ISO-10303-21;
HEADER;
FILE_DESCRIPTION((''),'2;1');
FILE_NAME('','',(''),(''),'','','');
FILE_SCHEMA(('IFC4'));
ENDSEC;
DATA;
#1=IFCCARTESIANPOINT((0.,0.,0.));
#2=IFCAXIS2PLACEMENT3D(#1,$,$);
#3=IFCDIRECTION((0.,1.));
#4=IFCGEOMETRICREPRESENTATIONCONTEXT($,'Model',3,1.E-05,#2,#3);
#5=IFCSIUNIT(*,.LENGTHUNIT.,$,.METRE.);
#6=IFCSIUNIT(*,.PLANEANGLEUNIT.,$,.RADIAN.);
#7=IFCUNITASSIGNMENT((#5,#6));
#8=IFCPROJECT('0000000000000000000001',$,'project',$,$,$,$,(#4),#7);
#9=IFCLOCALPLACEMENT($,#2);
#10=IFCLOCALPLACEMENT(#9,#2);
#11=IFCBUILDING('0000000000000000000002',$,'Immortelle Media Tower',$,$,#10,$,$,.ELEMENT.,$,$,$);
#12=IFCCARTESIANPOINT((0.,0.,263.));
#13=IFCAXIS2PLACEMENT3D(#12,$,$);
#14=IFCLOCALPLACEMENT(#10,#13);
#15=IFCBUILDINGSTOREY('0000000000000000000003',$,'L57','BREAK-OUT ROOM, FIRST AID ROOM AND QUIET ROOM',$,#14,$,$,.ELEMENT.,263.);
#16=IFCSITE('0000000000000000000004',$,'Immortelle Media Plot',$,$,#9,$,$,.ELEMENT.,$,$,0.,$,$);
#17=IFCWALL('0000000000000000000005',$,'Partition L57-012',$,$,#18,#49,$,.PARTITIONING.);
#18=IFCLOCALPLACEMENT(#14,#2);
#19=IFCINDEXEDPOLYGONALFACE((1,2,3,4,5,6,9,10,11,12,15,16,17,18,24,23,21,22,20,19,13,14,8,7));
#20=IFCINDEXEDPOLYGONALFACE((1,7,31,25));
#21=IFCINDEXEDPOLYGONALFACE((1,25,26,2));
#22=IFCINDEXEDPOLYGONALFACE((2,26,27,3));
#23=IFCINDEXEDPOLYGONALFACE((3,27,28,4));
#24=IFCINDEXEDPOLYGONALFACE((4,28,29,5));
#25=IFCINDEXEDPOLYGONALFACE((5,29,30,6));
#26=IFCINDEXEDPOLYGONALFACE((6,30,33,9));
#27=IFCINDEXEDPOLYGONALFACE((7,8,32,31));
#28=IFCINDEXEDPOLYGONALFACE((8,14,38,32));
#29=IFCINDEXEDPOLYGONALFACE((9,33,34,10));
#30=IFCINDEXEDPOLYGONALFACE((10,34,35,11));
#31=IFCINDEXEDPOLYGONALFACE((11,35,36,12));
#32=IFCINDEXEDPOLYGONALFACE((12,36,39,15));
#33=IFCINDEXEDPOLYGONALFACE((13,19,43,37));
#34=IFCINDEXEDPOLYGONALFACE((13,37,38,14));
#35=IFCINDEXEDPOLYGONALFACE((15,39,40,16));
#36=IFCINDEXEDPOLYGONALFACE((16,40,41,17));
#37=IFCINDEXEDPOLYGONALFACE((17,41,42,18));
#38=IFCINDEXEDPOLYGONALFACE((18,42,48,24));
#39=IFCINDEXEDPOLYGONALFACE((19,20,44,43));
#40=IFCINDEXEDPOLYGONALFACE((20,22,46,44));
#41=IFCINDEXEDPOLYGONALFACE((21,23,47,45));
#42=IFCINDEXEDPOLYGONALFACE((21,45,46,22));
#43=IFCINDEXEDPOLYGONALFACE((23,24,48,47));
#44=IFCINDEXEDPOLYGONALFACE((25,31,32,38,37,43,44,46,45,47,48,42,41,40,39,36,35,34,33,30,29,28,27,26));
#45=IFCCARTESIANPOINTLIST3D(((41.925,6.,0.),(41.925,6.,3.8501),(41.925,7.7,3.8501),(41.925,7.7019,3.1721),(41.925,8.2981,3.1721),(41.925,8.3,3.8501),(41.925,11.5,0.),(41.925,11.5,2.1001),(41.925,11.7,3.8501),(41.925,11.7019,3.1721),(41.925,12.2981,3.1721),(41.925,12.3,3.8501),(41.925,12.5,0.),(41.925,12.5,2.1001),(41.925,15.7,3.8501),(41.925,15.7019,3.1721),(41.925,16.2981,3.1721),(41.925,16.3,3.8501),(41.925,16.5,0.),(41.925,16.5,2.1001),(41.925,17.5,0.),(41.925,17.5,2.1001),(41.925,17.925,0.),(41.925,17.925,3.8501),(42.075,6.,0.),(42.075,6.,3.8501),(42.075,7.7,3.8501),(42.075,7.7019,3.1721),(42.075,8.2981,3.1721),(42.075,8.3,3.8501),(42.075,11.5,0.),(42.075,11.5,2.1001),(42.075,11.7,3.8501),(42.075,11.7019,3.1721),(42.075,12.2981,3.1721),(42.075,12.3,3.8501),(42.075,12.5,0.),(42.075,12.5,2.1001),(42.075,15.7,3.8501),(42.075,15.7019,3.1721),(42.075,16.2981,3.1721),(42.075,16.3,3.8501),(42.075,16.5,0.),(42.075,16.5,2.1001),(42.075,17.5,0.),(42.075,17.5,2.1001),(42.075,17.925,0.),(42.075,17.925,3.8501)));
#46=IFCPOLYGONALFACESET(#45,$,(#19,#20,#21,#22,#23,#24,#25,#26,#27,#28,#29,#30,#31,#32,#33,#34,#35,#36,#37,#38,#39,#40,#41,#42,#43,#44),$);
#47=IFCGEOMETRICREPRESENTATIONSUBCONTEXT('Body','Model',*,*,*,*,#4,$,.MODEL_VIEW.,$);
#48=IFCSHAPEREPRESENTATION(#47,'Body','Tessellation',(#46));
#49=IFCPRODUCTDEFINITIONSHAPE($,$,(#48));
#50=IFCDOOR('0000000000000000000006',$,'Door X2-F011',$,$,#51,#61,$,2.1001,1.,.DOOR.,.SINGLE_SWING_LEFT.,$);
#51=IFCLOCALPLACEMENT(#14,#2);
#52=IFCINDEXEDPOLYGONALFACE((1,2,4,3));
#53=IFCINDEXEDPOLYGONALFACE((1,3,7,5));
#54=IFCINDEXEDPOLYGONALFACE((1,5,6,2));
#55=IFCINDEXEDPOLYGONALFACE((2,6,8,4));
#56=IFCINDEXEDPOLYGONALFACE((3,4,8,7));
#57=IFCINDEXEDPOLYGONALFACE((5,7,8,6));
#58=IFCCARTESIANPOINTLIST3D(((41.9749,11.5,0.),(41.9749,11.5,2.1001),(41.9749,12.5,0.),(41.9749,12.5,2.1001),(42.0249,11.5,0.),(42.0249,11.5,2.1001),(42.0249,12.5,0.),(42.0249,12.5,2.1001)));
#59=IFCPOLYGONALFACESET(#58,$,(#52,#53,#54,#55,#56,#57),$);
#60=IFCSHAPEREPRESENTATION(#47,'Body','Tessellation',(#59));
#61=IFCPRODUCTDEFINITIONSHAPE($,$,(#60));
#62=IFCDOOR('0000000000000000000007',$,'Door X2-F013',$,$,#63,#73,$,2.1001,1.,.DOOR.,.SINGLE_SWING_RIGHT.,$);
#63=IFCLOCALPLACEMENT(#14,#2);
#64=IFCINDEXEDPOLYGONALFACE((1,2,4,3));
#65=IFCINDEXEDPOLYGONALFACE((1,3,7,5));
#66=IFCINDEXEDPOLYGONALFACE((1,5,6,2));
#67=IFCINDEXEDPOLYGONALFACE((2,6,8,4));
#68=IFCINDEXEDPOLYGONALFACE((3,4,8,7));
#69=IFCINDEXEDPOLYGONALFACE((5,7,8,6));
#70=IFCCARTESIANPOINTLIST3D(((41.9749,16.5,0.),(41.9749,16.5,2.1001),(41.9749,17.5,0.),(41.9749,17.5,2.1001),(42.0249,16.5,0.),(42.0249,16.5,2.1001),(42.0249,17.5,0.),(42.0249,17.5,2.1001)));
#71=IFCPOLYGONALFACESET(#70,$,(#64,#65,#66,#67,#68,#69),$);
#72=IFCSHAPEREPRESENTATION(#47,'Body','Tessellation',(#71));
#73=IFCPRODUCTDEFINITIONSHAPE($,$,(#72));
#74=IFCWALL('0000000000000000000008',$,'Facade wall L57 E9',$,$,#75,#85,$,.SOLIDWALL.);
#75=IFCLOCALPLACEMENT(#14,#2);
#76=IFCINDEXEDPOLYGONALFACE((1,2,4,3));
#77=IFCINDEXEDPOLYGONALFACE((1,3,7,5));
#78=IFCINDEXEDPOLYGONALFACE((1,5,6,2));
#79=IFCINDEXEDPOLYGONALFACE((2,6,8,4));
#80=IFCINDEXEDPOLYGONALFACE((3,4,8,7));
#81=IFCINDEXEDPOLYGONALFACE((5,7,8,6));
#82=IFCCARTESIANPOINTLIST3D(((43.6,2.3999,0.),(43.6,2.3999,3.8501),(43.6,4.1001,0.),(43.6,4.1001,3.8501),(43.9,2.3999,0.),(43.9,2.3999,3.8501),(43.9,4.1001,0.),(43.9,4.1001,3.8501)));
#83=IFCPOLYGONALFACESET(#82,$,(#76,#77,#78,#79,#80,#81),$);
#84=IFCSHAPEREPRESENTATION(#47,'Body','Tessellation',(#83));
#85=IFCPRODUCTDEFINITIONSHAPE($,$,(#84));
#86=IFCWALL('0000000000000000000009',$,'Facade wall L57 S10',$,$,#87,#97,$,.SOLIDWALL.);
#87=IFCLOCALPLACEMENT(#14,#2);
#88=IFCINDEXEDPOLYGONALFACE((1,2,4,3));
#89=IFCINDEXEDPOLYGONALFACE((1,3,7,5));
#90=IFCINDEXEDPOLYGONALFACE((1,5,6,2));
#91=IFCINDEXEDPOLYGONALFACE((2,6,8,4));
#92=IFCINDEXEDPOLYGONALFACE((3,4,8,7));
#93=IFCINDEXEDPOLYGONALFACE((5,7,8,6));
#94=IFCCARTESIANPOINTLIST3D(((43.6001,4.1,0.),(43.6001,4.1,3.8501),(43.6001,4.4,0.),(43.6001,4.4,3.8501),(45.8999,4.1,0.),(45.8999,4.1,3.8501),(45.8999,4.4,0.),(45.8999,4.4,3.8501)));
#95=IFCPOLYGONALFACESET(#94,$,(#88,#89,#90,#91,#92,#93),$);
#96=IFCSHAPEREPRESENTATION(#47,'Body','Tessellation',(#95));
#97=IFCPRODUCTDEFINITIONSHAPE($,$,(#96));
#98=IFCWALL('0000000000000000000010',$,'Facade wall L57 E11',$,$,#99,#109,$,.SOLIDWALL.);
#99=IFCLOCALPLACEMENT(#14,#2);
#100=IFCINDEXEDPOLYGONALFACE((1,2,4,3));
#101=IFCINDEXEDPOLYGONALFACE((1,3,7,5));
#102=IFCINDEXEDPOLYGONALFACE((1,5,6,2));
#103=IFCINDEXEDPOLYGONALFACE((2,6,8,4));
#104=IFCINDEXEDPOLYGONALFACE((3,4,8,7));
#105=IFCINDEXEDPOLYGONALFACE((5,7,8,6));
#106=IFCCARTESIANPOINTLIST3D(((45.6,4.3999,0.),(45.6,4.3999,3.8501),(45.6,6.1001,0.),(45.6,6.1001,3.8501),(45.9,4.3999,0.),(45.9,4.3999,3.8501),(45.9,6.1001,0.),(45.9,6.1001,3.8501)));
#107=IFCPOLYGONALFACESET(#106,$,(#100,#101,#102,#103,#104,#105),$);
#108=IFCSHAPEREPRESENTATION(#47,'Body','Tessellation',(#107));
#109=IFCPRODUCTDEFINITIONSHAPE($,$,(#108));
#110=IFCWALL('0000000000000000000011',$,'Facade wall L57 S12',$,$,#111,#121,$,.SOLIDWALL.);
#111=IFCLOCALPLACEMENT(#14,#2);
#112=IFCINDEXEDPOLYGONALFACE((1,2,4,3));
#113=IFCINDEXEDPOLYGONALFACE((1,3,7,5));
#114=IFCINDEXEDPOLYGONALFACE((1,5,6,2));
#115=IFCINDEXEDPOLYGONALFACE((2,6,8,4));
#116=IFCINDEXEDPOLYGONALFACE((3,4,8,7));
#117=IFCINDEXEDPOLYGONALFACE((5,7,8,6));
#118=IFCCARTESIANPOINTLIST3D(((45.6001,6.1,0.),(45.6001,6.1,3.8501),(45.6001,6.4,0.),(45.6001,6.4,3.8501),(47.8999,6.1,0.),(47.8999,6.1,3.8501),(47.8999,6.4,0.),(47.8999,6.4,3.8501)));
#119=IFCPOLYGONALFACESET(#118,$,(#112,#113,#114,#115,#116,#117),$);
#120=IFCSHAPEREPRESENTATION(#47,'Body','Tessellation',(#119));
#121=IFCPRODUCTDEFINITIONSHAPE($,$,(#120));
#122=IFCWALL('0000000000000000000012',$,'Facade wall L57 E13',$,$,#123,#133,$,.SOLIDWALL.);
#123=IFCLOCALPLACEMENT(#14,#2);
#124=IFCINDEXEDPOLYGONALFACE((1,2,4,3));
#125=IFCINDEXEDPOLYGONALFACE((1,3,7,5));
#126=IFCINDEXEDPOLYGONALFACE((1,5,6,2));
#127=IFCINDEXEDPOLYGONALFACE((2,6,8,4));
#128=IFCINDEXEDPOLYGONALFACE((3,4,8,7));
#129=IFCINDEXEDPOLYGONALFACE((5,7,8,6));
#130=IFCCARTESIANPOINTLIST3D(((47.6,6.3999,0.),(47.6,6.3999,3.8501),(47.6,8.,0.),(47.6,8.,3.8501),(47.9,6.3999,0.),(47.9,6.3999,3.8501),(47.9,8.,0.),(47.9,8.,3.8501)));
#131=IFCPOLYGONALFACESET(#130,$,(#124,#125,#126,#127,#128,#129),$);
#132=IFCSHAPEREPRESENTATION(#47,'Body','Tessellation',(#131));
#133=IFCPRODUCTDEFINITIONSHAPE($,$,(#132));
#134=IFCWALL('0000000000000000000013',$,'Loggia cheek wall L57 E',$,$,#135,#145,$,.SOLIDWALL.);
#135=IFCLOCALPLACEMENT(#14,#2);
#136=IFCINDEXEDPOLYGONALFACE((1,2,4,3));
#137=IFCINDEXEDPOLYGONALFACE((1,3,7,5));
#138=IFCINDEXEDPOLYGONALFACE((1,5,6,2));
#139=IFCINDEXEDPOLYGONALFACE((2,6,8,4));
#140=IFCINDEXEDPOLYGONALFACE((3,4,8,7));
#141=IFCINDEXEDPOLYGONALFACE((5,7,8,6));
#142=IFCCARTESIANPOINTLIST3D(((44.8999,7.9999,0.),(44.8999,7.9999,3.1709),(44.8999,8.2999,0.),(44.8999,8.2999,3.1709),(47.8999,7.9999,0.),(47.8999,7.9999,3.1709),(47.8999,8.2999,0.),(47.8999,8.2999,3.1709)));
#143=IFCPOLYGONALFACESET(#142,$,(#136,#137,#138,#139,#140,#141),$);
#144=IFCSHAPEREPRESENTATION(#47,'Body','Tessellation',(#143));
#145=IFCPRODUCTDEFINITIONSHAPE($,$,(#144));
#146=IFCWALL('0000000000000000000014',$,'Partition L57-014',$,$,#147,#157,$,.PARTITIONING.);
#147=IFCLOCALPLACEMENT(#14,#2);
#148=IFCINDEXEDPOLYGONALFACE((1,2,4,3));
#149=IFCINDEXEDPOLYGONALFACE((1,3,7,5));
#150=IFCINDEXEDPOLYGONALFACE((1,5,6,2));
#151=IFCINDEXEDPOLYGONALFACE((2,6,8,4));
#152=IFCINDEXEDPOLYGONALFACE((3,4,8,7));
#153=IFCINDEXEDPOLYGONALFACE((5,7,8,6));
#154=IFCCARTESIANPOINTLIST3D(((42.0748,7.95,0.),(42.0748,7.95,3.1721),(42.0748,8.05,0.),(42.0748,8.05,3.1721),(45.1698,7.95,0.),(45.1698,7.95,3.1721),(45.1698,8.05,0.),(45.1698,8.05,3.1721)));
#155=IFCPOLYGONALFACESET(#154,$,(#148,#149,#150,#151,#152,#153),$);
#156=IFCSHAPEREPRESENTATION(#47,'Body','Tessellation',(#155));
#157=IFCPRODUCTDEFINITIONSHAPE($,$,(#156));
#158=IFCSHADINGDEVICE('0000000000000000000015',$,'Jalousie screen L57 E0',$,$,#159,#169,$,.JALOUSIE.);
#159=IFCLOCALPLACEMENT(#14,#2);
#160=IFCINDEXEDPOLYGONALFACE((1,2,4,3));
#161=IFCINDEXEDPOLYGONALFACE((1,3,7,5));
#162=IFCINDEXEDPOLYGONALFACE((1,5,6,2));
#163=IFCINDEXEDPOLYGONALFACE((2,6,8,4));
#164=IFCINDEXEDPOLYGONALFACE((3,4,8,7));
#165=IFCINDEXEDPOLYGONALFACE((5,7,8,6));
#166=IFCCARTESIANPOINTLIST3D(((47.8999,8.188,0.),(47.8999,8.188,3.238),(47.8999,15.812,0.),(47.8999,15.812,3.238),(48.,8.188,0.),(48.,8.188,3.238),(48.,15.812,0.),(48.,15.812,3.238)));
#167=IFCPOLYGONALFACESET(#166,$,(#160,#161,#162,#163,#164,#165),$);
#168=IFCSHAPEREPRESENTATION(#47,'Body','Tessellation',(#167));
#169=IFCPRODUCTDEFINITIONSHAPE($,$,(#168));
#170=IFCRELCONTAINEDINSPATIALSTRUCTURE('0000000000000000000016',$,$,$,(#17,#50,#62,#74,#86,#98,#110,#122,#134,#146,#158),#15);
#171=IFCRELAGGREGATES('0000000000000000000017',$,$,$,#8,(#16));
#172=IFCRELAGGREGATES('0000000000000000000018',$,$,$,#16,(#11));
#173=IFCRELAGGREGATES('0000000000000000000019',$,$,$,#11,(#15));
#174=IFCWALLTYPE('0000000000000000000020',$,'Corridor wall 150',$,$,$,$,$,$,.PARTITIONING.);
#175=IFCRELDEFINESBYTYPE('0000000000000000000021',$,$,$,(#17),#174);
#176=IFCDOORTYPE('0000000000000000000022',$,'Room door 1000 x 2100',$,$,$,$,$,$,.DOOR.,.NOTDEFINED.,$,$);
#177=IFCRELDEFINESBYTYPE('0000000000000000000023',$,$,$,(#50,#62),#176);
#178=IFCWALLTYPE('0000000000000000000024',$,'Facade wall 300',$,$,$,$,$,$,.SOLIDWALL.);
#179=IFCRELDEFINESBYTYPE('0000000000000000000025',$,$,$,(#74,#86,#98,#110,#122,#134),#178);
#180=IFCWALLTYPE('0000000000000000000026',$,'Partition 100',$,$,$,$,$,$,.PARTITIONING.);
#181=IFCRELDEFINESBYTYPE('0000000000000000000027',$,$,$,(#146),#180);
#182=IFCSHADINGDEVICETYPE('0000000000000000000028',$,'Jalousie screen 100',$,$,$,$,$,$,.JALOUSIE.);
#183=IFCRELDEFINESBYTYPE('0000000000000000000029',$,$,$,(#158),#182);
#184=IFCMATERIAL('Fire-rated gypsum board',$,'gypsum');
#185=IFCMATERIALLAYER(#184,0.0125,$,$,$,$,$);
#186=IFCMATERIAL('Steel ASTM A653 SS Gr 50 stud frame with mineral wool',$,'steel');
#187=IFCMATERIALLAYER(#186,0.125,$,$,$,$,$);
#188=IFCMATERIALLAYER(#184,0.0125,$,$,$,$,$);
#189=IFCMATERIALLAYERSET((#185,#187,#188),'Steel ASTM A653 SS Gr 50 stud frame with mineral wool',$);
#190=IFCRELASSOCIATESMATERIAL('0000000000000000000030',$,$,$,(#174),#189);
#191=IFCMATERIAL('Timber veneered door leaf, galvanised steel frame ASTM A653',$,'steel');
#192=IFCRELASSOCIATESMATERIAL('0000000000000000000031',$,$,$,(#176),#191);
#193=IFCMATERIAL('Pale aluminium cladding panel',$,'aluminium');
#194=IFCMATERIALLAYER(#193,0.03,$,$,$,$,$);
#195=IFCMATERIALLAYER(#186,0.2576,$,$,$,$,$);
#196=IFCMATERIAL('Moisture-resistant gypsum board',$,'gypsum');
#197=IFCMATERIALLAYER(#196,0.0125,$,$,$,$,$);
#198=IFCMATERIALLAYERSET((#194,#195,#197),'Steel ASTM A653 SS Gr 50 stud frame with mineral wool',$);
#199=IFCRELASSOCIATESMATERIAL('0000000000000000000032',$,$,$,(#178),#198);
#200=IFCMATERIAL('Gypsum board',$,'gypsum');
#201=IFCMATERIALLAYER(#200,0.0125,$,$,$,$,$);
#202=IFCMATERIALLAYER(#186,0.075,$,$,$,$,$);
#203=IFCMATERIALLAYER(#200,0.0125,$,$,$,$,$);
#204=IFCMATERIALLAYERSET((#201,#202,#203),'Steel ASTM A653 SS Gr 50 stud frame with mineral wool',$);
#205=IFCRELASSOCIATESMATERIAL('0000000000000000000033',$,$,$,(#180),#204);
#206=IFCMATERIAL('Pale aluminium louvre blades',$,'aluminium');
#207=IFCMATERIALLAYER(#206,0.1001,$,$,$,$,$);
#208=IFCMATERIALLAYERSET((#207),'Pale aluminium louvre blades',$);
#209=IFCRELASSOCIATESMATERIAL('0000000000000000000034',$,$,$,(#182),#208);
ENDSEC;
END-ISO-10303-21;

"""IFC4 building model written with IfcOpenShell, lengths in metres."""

from ifc_helpers import new_model, si_unit, direction, frame, frame_2d, origin, origin_2d, place, context, subcontext, project, spatial, polyline, rectangle, outline, extrude, material, layer, layer_set, type_object, element, fill, save


model = new_model("IFC4")

# Units and contexts
model_context = context("Model", 3, precision=1e-05, world=origin(), true_north=direction((0.0, 1.0)))
body_context = subcontext(model_context, "Body", "Model", "MODEL_VIEW")
ifc_project = project(units=[si_unit("LENGTHUNIT", "METRE"), si_unit("PLANEANGLEUNIT", "RADIAN")], contexts=[model_context])

# Site, building, storey
site_placement = place(None, origin())
site = spatial("IfcSite", under=ifc_project, at=site_placement, Name="Immortelle Media Plot", CompositionType="ELEMENT", RefElevation=0.0)
building_placement = place(site_placement, origin())
building = spatial("IfcBuilding", under=site, at=building_placement, Name="Immortelle Media Tower", CompositionType="ELEMENT")
storey_placement = place(building_placement, frame((0.0, 0.0, 263.0)))
storey = spatial("IfcBuildingStorey", under=building, at=storey_placement, Name="L57", Description="BREAK-OUT ROOM, FIRST AID ROOM AND QUIET ROOM", CompositionType="ELEMENT", Elevation=263.0)

# Wall, openings, doors
ifc_material_1 = material(Name="Fire-rated gypsum board", Category="gypsum")
ifc_layer_1 = layer(ifc_material_1, 0.0125)
ifc_material_2 = material(Name="Steel ASTM A653 SS Gr 50 stud frame with mineral wool", Category="steel")
ifc_layer_2 = layer(ifc_material_2, 0.125)
ifc_layer_3 = layer(ifc_material_1, 0.0125)
ifc_layer_set_1 = layer_set([ifc_layer_1, ifc_layer_2, ifc_layer_3], Name="Steel ASTM A653 SS Gr 50 stud frame with mineral wool")
wall_type_1 = type_object("IfcWallType", Name="Corridor wall 150", PredefinedType="PARTITIONING", material=ifc_layer_set_1)
wall_1_placement = place(storey_placement, frame((42.0, 6.0, 0.0), z_axis=(0.0, 0.0, 1.0), x_axis=(0.0, 1.0, 0.0)))
wall_1 = element("IfcWall", 1, at=wall_1_placement, inside=storey, type_object=wall_type_1, Name="Partition L57-012", PredefinedType="PARTITIONING", context=body_context, shape_type="SweptSolid", body=[
    extrude(outline(polyline([(0.0, 0.0), (11.925, 0.0), (11.925, 3.8501), (10.3, 3.8501), (10.2981, 3.1721), (9.7019, 3.1721), (9.7, 3.8501), (6.3, 3.8501), (6.2981, 3.1721), (5.7019, 3.1721), (5.7, 3.8501), (2.3, 3.8501), (2.2981, 3.1721), (1.7019, 3.1721), (1.7, 3.8501), (0.0, 3.8501), (0.0, 0.0)])), frame((0.0, 0.075, 0.0), z_axis=(0.0, -1.0, 0.0), x_axis=(1.0, 0.0, 0.0)), (0.0, 0.0, 1.0), 0.1499),
])
opening_1_placement = place(wall_1_placement, frame((6.5, 0.0, 0.0), z_axis=(0.0, 0.0, 1.0), x_axis=(-1.0, 0.0, 0.0)))
opening_1 = element("IfcOpeningElement", 2, at=opening_1_placement, cuts=wall_1, PredefinedType="OPENING", context=body_context, shape_type="SweptSolid", body=[
    extrude(rectangle(XDim=1.0, YDim=2.1001, at=frame_2d((0.5, 1.05))), frame((0.0, 0.085, 0.0), z_axis=(0.0, -1.0, 0.0), x_axis=(1.0, 0.0, 0.0)), (0.0, 0.0, 1.0), 0.1699),
])
opening_2_placement = place(wall_1_placement, frame((11.5, 0.0, 0.0), z_axis=(0.0, 0.0, 1.0), x_axis=(-1.0, 0.0, 0.0)))
opening_2 = element("IfcOpeningElement", 3, at=opening_2_placement, cuts=wall_1, PredefinedType="OPENING", context=body_context, shape_type="SweptSolid", body=[
    extrude(rectangle(XDim=1.0, YDim=2.1001, at=frame_2d((0.5, 1.05))), frame((0.0, 0.085, 0.0), z_axis=(0.0, -1.0, 0.0), x_axis=(1.0, 0.0, 0.0)), (0.0, 0.0, 1.0), 0.1699),
])
ifc_material_3 = material(Name="Timber veneered door leaf, galvanised steel frame ASTM A653", Category="steel")
door_type_1 = type_object("IfcDoorType", Name="Room door 1000 x 2100", OperationType="NOTDEFINED", PredefinedType="DOOR", material=ifc_material_3)
door_1_placement = place(opening_1_placement, origin())
door_1 = element("IfcDoor", 4, at=door_1_placement, inside=storey, type_object=door_type_1, Name="Door X2-F011", OperationType="SINGLE_SWING_LEFT", OverallHeight=2.1001, OverallWidth=1.0, PredefinedType="DOOR", context=body_context, shape_type="SweptSolid", body=[
    extrude(rectangle(XDim=1.0, YDim=2.1001, at=frame_2d((0.5, 1.05))), frame((0.0, 0.0249, 0.0), z_axis=(0.0, -1.0, 0.0), x_axis=(1.0, 0.0, 0.0)), (0.0, 0.0, 1.0), 0.05),
])
fill(opening_1, door_1)
door_2_placement = place(opening_2_placement, origin())
door_2 = element("IfcDoor", 5, at=door_2_placement, inside=storey, type_object=door_type_1, Name="Door X2-F013", OperationType="SINGLE_SWING_RIGHT", OverallHeight=2.1001, OverallWidth=1.0, PredefinedType="DOOR", context=body_context, shape_type="SweptSolid", body=[
    extrude(rectangle(XDim=1.0, YDim=2.1001, at=frame_2d((0.5, 1.05))), frame((0.0, 0.0249, 0.0), z_axis=(0.0, -1.0, 0.0), x_axis=(1.0, 0.0, 0.0)), (0.0, 0.0, 1.0), 0.05),
])
fill(opening_2, door_2)

# Walls
ifc_material_4 = material(Name="Pale aluminium cladding panel", Category="aluminium")
ifc_layer_4 = layer(ifc_material_4, 0.03)
ifc_layer_5 = layer(ifc_material_2, 0.2576)
ifc_material_5 = material(Name="Moisture-resistant gypsum board", Category="gypsum")
ifc_layer_6 = layer(ifc_material_5, 0.0125)
ifc_layer_set_2 = layer_set([ifc_layer_4, ifc_layer_5, ifc_layer_6], Name="Steel ASTM A653 SS Gr 50 stud frame with mineral wool")
wall_type_2 = type_object("IfcWallType", Name="Facade wall 300", PredefinedType="SOLIDWALL", material=ifc_layer_set_2)
wall_2_placement = place(storey_placement, frame((43.75, 2.3999, 0.0), z_axis=(0.0, 0.0, 1.0), x_axis=(0.0, 1.0, 0.0)))
element("IfcWall", 6, at=wall_2_placement, inside=storey, type_object=wall_type_2, Name="Facade wall L57 E9", PredefinedType="SOLIDWALL", context=body_context, shape_type="SweptSolid", body=[
    extrude(rectangle(XDim=1.7002, YDim=0.3, at=frame_2d((0.8501, 0.0))), origin(), (0.0, 0.0, 1.0), 3.8501),
])
wall_3_placement = place(storey_placement, frame((43.6001, 4.25, 0.0), z_axis=(0.0, 0.0, 1.0), x_axis=(1.0, 0.0, 0.0)))
element("IfcWall", 7, at=wall_3_placement, inside=storey, type_object=wall_type_2, Name="Facade wall L57 S10", PredefinedType="SOLIDWALL", context=body_context, shape_type="SweptSolid", body=[
    extrude(rectangle(XDim=2.2998, YDim=0.3, at=frame_2d((1.1499, 0.0))), origin(), (0.0, 0.0, 1.0), 3.8501),
])
wall_4_placement = place(storey_placement, frame((45.75, 4.3999, 0.0), z_axis=(0.0, 0.0, 1.0), x_axis=(0.0, 1.0, 0.0)))
element("IfcWall", 8, at=wall_4_placement, inside=storey, type_object=wall_type_2, Name="Facade wall L57 E11", PredefinedType="SOLIDWALL", context=body_context, shape_type="SweptSolid", body=[
    extrude(rectangle(XDim=1.7002, YDim=0.3, at=frame_2d((0.8501, 0.0))), origin(), (0.0, 0.0, 1.0), 3.8501),
])
wall_5_placement = place(storey_placement, frame((45.6001, 6.25, 0.0), z_axis=(0.0, 0.0, 1.0), x_axis=(1.0, 0.0, 0.0)))
element("IfcWall", 9, at=wall_5_placement, inside=storey, type_object=wall_type_2, Name="Facade wall L57 S12", PredefinedType="SOLIDWALL", context=body_context, shape_type="SweptSolid", body=[
    extrude(rectangle(XDim=2.2998, YDim=0.3, at=frame_2d((1.1499, 0.0))), origin(), (0.0, 0.0, 1.0), 3.8501),
])
wall_6_placement = place(storey_placement, frame((47.75, 6.3999, 0.0), z_axis=(0.0, 0.0, 1.0), x_axis=(0.0, 1.0, 0.0)))
element("IfcWall", 10, at=wall_6_placement, inside=storey, type_object=wall_type_2, Name="Facade wall L57 E13", PredefinedType="SOLIDWALL", context=body_context, shape_type="SweptSolid", body=[
    extrude(rectangle(XDim=1.6001, YDim=0.3, at=frame_2d((0.8, 0.0))), origin(), (0.0, 0.0, 1.0), 3.8501),
])

# Walls
wall_7_placement = place(storey_placement, frame((47.8999, 8.1499, 0.0), z_axis=(0.0, 0.0, 1.0), x_axis=(-1.0, 0.0, 0.0)))
element("IfcWall", 11, at=wall_7_placement, inside=storey, type_object=wall_type_2, Name="Loggia cheek wall L57 E", PredefinedType="SOLIDWALL", context=body_context, shape_type="SweptSolid", body=[
    extrude(rectangle(XDim=3.0, YDim=0.3, at=frame_2d((1.5, 0.0))), origin(), (0.0, 0.0, 1.0), 3.1709),
])
ifc_material_6 = material(Name="Gypsum board", Category="gypsum")
ifc_layer_7 = layer(ifc_material_6, 0.0125)
ifc_layer_8 = layer(ifc_material_2, 0.075)
ifc_layer_9 = layer(ifc_material_6, 0.0125)
ifc_layer_set_3 = layer_set([ifc_layer_7, ifc_layer_8, ifc_layer_9], Name="Steel ASTM A653 SS Gr 50 stud frame with mineral wool")
wall_type_3 = type_object("IfcWallType", Name="Partition 100", PredefinedType="PARTITIONING", material=ifc_layer_set_3)
wall_8_placement = place(storey_placement, frame((42.075, 8.0, 0.0), z_axis=(0.0, 0.0, 1.0), x_axis=(1.0, 0.0, 0.0)))
element("IfcWall", 12, at=wall_8_placement, inside=storey, type_object=wall_type_3, Name="Partition L57-014", PredefinedType="PARTITIONING", context=body_context, shape_type="SweptSolid", body=[
    extrude(rectangle(XDim=3.095, YDim=0.1001, at=frame_2d((1.5474, 0.0))), origin(), (0.0, 0.0, 1.0), 3.1721),
])

# Shading device
ifc_material_7 = material(Name="Pale aluminium louvre blades", Category="aluminium")
ifc_layer_10 = layer(ifc_material_7, 0.1001)
ifc_layer_set_4 = layer_set([ifc_layer_10], Name="Pale aluminium louvre blades")
shading_device_type_1 = type_object("IfcShadingDeviceType", Name="Jalousie screen 100", PredefinedType="JALOUSIE", material=ifc_layer_set_4)
shading_device_1_placement = place(storey_placement, frame((47.95, 12.0, 0.0), z_axis=(0.0, 0.0, 1.0), x_axis=(0.0, 1.0, 0.0)))
element("IfcShadingDevice", 13, at=shading_device_1_placement, inside=storey, type_object=shading_device_type_1, Name="Jalousie screen L57 E0", PredefinedType="JALOUSIE", context=body_context, shape_type="SweptSolid", body=[
    extrude(rectangle(XDim=7.624, YDim=0.1001, at=origin_2d()), origin(), (0.0, 0.0, 1.0), 3.238),
])

save(model, "model.ifc")
